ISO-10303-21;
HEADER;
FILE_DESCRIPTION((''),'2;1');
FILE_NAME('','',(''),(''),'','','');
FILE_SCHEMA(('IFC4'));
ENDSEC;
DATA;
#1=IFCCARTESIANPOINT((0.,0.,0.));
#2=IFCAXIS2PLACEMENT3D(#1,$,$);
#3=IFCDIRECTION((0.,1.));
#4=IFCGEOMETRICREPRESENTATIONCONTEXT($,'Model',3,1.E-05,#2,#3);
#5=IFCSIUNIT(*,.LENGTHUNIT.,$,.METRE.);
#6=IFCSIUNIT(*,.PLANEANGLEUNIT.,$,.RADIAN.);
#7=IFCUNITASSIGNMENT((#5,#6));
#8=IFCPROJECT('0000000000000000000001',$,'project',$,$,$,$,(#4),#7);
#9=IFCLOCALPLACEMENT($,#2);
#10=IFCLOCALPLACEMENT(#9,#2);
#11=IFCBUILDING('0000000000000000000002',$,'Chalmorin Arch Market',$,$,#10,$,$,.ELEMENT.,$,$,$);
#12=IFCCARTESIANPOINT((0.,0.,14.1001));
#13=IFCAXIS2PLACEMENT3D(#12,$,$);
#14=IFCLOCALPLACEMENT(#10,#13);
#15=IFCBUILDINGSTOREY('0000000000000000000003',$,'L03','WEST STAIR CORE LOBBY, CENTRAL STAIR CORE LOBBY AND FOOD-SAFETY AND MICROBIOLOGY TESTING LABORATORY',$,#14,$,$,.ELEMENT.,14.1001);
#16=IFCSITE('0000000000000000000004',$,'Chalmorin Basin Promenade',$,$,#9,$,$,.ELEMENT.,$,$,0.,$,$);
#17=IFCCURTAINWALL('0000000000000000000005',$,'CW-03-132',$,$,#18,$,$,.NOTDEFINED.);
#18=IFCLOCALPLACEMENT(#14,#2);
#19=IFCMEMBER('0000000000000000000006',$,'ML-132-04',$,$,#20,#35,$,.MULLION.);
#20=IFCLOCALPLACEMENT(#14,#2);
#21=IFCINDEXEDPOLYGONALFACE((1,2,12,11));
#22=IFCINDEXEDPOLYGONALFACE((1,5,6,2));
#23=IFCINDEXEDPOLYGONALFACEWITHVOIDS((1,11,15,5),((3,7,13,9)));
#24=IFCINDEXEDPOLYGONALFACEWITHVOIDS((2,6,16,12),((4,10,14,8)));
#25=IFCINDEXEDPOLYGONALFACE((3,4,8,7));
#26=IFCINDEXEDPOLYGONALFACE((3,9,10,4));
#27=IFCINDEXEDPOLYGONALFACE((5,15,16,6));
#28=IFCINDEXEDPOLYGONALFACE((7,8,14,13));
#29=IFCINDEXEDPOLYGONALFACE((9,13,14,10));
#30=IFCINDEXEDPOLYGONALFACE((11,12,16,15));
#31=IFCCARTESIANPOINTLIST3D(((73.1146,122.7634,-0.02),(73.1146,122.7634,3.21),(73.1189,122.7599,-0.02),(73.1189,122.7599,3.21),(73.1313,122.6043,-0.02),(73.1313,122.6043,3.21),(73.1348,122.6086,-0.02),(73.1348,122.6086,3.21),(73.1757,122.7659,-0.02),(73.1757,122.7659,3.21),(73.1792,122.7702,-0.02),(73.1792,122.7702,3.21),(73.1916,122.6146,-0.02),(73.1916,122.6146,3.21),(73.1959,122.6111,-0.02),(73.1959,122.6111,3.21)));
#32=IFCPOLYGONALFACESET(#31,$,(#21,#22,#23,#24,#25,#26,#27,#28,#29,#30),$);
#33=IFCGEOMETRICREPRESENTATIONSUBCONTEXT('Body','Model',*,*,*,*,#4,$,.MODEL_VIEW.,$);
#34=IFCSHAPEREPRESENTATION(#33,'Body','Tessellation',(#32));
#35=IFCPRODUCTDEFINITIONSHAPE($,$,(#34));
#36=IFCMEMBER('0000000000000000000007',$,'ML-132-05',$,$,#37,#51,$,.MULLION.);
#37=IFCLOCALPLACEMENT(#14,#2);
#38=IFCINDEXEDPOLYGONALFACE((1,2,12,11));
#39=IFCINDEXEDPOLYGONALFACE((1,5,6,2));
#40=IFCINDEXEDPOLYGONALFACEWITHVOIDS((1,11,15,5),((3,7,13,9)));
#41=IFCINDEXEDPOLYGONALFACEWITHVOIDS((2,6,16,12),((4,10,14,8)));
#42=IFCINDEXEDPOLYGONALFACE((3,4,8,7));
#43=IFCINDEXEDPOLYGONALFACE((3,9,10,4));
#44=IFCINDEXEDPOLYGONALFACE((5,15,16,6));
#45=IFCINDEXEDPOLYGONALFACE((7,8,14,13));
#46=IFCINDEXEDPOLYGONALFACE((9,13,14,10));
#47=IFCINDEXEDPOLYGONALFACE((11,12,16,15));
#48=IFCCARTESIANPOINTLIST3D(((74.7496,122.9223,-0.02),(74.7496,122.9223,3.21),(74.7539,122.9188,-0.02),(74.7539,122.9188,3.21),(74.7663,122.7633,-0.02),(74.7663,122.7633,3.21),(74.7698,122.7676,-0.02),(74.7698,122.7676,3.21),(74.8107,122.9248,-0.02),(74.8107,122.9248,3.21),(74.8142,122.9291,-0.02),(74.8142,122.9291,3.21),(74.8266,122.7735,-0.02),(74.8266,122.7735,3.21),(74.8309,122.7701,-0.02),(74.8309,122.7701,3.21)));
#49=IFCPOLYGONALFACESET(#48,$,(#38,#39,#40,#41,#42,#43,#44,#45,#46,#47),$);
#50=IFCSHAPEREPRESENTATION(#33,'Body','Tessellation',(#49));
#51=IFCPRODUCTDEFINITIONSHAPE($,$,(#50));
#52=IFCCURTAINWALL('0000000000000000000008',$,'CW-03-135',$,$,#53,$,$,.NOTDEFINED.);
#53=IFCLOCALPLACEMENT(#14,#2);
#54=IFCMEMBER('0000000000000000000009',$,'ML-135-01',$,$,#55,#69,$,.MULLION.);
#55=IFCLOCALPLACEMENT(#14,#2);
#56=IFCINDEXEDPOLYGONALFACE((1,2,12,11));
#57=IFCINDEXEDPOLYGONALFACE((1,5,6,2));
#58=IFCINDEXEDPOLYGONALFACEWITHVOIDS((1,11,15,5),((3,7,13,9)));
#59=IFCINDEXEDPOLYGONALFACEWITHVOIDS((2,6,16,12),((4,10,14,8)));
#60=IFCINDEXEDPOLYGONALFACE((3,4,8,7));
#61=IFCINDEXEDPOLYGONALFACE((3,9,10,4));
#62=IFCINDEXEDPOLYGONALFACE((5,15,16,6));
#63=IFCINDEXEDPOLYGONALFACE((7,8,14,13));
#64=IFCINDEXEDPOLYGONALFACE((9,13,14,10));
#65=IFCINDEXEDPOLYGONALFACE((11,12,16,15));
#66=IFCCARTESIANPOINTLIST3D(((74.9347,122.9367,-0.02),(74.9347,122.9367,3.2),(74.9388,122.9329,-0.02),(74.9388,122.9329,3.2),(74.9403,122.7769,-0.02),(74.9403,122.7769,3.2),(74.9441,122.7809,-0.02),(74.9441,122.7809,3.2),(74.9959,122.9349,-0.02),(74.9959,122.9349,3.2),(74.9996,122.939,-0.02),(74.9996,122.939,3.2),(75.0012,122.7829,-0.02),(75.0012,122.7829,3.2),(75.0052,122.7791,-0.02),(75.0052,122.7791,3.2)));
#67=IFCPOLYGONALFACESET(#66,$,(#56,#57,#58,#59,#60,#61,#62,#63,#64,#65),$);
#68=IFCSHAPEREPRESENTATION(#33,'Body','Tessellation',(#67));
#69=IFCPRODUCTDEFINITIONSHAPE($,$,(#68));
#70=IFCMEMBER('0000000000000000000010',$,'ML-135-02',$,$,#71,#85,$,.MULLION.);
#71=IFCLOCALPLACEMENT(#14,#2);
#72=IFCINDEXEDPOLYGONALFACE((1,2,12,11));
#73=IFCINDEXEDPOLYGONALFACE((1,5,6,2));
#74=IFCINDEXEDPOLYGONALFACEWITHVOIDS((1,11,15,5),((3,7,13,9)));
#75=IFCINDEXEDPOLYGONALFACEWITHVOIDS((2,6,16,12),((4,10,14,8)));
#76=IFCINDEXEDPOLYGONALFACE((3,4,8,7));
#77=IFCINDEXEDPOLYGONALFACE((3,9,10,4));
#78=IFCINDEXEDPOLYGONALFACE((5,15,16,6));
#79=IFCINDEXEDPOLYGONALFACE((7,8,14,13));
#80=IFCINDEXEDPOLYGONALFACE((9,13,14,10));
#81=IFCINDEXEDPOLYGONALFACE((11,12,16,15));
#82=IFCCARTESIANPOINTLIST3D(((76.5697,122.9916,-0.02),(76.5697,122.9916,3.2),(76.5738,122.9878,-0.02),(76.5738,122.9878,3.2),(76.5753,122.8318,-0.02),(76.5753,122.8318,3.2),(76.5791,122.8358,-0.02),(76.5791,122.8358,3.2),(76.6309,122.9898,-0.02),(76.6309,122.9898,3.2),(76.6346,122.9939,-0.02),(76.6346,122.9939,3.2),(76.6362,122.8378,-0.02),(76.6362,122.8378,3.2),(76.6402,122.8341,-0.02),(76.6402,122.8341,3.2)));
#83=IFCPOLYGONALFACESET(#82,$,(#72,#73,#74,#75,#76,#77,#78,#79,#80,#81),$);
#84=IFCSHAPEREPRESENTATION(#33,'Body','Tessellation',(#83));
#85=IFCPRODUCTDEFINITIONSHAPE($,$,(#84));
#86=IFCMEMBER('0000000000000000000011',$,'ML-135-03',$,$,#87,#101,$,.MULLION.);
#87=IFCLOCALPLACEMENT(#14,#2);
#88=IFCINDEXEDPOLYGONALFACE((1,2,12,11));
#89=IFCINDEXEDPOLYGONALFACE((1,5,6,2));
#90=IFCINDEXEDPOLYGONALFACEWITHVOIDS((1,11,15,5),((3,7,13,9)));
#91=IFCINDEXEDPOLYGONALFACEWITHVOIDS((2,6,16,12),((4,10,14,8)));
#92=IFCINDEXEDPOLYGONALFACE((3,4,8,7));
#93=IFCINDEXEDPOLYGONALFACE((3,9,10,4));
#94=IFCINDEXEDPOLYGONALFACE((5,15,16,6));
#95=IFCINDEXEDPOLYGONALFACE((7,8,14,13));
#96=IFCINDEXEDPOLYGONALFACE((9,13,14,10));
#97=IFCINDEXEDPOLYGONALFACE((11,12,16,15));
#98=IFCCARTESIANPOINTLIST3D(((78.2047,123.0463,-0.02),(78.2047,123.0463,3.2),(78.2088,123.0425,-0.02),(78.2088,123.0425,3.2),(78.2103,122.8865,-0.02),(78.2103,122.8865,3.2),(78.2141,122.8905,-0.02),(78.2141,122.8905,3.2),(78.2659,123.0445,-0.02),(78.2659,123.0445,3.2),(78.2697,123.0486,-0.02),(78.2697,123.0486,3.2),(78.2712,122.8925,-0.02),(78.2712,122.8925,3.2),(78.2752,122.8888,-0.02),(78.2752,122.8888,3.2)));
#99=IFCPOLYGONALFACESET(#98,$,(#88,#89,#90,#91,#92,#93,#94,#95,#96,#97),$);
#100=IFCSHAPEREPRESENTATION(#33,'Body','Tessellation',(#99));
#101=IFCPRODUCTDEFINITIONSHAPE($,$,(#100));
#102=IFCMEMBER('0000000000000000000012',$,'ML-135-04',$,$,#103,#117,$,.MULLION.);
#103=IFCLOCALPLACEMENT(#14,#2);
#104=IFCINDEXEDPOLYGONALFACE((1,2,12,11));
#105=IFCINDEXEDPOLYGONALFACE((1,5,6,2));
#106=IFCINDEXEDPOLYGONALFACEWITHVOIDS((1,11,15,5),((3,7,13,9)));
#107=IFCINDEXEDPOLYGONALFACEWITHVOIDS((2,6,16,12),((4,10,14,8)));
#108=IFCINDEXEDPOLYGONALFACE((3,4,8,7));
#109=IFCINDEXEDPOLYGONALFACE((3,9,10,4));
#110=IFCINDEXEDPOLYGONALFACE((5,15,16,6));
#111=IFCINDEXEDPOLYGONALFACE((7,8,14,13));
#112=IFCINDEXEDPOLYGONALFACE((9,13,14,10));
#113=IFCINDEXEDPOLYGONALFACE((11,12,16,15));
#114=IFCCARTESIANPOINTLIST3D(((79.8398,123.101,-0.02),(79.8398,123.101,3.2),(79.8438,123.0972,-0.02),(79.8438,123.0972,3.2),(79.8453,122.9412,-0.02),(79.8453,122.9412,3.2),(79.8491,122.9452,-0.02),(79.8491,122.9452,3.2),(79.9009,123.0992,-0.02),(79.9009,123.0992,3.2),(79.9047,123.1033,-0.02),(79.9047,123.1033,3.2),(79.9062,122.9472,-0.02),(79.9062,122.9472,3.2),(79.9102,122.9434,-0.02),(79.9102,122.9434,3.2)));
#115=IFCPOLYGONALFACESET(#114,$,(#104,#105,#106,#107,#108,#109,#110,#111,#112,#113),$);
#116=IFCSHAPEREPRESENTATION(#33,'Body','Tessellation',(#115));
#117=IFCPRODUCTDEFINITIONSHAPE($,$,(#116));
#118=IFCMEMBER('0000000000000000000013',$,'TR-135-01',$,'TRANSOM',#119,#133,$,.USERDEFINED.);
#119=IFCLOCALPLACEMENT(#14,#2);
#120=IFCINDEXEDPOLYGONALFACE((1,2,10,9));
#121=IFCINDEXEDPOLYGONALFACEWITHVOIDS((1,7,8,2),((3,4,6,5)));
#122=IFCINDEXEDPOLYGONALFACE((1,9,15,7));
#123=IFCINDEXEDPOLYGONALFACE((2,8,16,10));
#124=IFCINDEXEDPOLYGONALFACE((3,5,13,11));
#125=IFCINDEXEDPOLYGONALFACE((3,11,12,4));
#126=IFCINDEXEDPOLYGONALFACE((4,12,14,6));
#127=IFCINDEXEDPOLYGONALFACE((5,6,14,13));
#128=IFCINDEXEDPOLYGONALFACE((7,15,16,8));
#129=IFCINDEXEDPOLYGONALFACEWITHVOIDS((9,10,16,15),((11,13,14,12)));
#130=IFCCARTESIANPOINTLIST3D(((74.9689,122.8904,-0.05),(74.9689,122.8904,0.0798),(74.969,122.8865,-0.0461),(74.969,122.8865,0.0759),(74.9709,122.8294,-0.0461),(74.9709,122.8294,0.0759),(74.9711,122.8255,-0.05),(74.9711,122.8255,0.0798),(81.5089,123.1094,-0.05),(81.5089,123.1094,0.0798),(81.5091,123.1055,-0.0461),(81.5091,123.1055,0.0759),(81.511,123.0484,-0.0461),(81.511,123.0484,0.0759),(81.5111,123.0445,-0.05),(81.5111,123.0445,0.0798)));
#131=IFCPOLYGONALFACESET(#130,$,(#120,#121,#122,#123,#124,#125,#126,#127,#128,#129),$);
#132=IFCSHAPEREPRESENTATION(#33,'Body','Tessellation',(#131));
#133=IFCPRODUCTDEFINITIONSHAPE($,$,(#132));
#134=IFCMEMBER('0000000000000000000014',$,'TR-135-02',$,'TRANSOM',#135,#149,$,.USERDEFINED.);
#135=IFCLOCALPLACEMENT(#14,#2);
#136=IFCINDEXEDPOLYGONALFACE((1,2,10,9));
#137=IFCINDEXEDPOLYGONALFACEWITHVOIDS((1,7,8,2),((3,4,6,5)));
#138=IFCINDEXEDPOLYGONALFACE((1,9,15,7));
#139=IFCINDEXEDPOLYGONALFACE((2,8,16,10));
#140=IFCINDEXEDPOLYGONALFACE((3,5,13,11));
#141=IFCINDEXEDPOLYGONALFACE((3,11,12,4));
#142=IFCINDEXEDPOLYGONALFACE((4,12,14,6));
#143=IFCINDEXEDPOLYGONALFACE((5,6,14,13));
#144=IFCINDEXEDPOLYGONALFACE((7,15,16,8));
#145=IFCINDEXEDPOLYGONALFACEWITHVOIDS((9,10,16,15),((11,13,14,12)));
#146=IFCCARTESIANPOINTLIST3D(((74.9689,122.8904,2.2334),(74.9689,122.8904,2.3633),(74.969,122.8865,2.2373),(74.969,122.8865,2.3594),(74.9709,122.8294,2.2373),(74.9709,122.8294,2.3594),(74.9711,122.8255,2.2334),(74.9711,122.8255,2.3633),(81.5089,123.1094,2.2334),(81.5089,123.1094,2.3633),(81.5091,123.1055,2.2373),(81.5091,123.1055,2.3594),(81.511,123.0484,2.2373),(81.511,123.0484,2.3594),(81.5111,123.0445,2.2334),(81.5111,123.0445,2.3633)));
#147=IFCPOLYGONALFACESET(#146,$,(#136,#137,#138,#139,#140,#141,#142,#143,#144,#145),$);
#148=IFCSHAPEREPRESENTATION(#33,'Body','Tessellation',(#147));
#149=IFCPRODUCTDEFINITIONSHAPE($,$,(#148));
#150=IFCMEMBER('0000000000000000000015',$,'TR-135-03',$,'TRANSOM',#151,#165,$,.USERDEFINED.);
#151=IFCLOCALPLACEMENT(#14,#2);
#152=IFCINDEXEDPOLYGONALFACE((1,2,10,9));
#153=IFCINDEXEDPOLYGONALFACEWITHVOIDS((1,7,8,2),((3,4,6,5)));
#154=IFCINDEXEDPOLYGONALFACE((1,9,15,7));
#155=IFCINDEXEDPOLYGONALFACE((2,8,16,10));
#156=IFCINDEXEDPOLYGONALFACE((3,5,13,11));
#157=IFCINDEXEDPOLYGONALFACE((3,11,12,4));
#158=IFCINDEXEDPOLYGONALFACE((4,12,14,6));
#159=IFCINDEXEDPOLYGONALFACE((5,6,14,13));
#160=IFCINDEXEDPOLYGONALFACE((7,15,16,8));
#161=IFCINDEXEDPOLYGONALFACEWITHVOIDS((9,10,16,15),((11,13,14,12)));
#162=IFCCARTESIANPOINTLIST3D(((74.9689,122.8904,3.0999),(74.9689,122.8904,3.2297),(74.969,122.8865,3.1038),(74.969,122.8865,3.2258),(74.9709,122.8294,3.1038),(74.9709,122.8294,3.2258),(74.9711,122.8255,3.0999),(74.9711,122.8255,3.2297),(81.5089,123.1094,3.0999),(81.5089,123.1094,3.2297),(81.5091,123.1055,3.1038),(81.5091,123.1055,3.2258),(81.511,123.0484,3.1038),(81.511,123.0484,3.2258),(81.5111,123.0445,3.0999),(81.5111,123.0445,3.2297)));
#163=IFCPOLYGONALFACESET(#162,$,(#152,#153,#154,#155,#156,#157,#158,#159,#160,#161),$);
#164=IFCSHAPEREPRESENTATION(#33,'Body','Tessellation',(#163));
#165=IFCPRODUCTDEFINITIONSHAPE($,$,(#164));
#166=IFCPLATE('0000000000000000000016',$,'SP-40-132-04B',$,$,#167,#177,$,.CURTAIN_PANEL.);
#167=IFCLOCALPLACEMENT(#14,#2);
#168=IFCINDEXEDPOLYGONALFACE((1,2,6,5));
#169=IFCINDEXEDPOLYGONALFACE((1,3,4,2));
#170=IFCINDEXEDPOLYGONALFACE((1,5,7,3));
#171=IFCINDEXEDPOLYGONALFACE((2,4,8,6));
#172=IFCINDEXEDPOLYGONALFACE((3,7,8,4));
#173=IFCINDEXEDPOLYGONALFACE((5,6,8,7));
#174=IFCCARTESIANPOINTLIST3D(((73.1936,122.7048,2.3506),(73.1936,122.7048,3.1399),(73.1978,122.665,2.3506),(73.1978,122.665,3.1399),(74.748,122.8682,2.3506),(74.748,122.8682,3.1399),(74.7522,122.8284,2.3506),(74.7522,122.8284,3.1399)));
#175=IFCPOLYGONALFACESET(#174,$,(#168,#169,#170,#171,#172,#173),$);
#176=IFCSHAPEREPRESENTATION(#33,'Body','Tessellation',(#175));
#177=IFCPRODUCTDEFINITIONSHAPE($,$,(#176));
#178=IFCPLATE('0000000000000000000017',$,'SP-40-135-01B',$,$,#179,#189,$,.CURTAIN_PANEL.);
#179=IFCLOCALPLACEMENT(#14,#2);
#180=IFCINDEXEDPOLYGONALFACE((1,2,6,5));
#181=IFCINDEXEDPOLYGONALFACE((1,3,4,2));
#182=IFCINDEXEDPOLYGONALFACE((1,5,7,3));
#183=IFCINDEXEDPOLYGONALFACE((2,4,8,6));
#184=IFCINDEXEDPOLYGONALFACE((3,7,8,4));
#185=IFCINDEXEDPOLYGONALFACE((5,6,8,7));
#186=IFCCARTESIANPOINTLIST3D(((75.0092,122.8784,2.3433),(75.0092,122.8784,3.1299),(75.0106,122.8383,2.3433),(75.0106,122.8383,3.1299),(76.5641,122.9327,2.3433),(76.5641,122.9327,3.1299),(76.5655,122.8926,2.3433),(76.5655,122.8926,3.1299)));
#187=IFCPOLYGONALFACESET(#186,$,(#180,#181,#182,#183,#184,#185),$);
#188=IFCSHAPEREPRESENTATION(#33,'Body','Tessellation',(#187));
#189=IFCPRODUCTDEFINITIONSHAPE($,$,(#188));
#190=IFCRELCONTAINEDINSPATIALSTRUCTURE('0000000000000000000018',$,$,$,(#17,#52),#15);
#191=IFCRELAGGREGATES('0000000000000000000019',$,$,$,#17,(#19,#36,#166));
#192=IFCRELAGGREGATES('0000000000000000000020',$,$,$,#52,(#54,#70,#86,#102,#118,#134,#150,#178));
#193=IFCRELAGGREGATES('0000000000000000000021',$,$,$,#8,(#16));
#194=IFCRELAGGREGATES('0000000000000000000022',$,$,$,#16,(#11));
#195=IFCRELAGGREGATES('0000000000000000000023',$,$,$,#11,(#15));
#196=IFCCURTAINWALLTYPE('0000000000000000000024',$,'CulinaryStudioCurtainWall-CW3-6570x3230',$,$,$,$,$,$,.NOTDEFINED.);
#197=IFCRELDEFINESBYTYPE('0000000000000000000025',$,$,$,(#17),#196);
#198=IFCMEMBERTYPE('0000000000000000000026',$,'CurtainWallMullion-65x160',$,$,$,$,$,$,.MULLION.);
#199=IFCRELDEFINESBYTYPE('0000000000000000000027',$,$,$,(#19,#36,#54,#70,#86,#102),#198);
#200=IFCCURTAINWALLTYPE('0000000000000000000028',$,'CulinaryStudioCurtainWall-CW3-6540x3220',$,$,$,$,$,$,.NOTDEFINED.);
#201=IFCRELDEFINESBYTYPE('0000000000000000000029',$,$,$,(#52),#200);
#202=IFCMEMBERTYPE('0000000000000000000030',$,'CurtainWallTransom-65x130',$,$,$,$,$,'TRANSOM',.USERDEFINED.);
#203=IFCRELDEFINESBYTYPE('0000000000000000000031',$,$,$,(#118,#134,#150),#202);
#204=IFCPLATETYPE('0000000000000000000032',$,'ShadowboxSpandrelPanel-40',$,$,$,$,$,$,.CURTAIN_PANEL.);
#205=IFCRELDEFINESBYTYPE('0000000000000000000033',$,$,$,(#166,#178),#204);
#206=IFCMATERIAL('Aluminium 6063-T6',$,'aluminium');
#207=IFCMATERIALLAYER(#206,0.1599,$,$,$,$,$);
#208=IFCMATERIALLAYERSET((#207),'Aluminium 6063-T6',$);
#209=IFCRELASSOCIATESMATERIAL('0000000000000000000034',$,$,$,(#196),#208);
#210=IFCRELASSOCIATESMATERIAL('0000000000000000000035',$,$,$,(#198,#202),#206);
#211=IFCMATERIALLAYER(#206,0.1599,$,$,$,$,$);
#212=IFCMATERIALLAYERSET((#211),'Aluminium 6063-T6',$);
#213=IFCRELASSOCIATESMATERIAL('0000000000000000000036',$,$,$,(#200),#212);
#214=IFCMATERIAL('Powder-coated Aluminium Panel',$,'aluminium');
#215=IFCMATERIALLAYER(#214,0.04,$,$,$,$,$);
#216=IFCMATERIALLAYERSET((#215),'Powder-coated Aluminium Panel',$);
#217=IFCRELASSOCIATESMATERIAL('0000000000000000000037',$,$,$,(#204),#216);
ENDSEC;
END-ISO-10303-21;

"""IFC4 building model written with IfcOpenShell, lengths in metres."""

from ifc_helpers import new_model, si_unit, direction, frame, origin, origin_2d, place, context, subcontext, project, spatial, rectangle, hollow_rectangle, extrude, material, layer, layer_set, material_profile, profile_set, type_object, element, aggregate, save


model = new_model("IFC4")

# Units and contexts
model_context = context("Model", 3, precision=1e-05, world=origin(), true_north=direction((0.0, 1.0)))
body_context = subcontext(model_context, "Body", "Model", "MODEL_VIEW")
ifc_project = project(units=[si_unit("LENGTHUNIT", "METRE"), si_unit("PLANEANGLEUNIT", "RADIAN")], contexts=[model_context])

# Site, building, storey
site_placement = place(None, origin())
site = spatial("IfcSite", under=ifc_project, at=site_placement, Name="Chalmorin Basin Promenade", CompositionType="ELEMENT", RefElevation=0.0)
building_placement = place(site_placement, origin())
building = spatial("IfcBuilding", under=site, at=building_placement, Name="Chalmorin Arch Market", CompositionType="ELEMENT")
storey_placement = place(building_placement, frame((0.0, 0.0, 14.1001)))
storey = spatial("IfcBuildingStorey", under=building, at=storey_placement, Name="L03", Description="WEST STAIR CORE LOBBY, CENTRAL STAIR CORE LOBBY AND FOOD-SAFETY AND MICROBIOLOGY TESTING LABORATORY", CompositionType="ELEMENT", Elevation=14.1001)

# Curtain walls, members
ifc_material_1 = material(Name="Aluminium 6063-T6", Category="aluminium")
ifc_layer_1 = layer(ifc_material_1, 0.1599)
ifc_layer_set_1 = layer_set([ifc_layer_1], Name="Aluminium 6063-T6")
curtain_wall_type_1 = type_object("IfcCurtainWallType", Name="CulinaryStudioCurtainWall-CW3-6570x3230", PredefinedType="NOTDEFINED", material=ifc_layer_set_1)
curtain_wall_1_placement = place(storey_placement, origin())
curtain_wall_1 = element("IfcCurtainWall", 1, at=curtain_wall_1_placement, inside=storey, type_object=curtain_wall_type_1, Name="CW-03-132", PredefinedType="NOTDEFINED")
ifc_material_profile_1 = material_profile(ifc_material_1, hollow_rectangle(XDim=0.0649, YDim=0.1599, WallThickness=0.0039, at=origin_2d()), Name="ALU65X160X4")
ifc_profile_set_1 = profile_set([ifc_material_profile_1], Name="Aluminium 6063-T6")
member_type_1 = type_object("IfcMemberType", Name="CurtainWallMullion-65x160", PredefinedType="MULLION", material=ifc_profile_set_1)
member_1_placement = place(storey_placement, frame((73.1553, 122.6873, -0.02), z_axis=(0.0, 0.0, 1.0), x_axis=(0.994522, 0.104528, 0.0)))
member_1 = element("IfcMember", 2, at=member_1_placement, type_object=member_type_1, Name="ML-132-04", PredefinedType="MULLION", context=body_context, shape_type="SweptSolid", body=[
    extrude(hollow_rectangle(XDim=0.0649, YDim=0.1599, WallThickness=0.0039, at=origin_2d()), origin(), (0.0, 0.0, 1.0), 3.23),
])
member_2_placement = place(storey_placement, frame((74.7903, 122.8462, -0.02), z_axis=(0.0, 0.0, 1.0), x_axis=(0.994522, 0.104528, 0.0)))
member_2 = element("IfcMember", 3, at=member_2_placement, type_object=member_type_1, Name="ML-132-05", PredefinedType="MULLION", context=body_context, shape_type="SweptSolid", body=[
    extrude(hollow_rectangle(XDim=0.0649, YDim=0.1599, WallThickness=0.0039, at=origin_2d()), origin(), (0.0, 0.0, 1.0), 3.23),
])
ifc_layer_2 = layer(ifc_material_1, 0.1599)
ifc_layer_set_2 = layer_set([ifc_layer_2], Name="Aluminium 6063-T6")
curtain_wall_type_2 = type_object("IfcCurtainWallType", Name="CulinaryStudioCurtainWall-CW3-6540x3220", PredefinedType="NOTDEFINED", material=ifc_layer_set_2)
curtain_wall_2_placement = place(storey_placement, origin())
curtain_wall_2 = element("IfcCurtainWall", 4, at=curtain_wall_2_placement, inside=storey, type_object=curtain_wall_type_2, Name="CW-03-135", PredefinedType="NOTDEFINED")
member_3_placement = place(storey_placement, frame((74.97, 122.8579, -0.02), z_axis=(0.0, 0.0, 1.0), x_axis=(0.999391, 0.034899, 0.0)))
member_3 = element("IfcMember", 5, at=member_3_placement, type_object=member_type_1, Name="ML-135-01", PredefinedType="MULLION", context=body_context, shape_type="SweptSolid", body=[
    extrude(hollow_rectangle(XDim=0.0649, YDim=0.1599, WallThickness=0.0039, at=origin_2d()), origin(), (0.0, 0.0, 1.0), 3.22),
])
member_4_placement = place(storey_placement, frame((76.605, 122.9128, -0.02), z_axis=(0.0, 0.0, 1.0), x_axis=(0.999391, 0.034899, 0.0)))
member_4 = element("IfcMember", 6, at=member_4_placement, type_object=member_type_1, Name="ML-135-02", PredefinedType="MULLION", context=body_context, shape_type="SweptSolid", body=[
    extrude(hollow_rectangle(XDim=0.0649, YDim=0.1599, WallThickness=0.0039, at=origin_2d()), origin(), (0.0, 0.0, 1.0), 3.22),
])
member_5_placement = place(storey_placement, frame((78.24, 122.9675, -0.02), z_axis=(0.0, 0.0, 1.0), x_axis=(0.999391, 0.034899, 0.0)))
member_5 = element("IfcMember", 7, at=member_5_placement, type_object=member_type_1, Name="ML-135-03", PredefinedType="MULLION", context=body_context, shape_type="SweptSolid", body=[
    extrude(hollow_rectangle(XDim=0.0649, YDim=0.1599, WallThickness=0.0039, at=origin_2d()), origin(), (0.0, 0.0, 1.0), 3.22),
])
member_6_placement = place(storey_placement, frame((79.875, 123.0222, -0.02), z_axis=(0.0, 0.0, 1.0), x_axis=(0.999391, 0.034899, 0.0)))
member_6 = element("IfcMember", 8, at=member_6_placement, type_object=member_type_1, Name="ML-135-04", PredefinedType="MULLION", context=body_context, shape_type="SweptSolid", body=[
    extrude(hollow_rectangle(XDim=0.0649, YDim=0.1599, WallThickness=0.0039, at=origin_2d()), origin(), (0.0, 0.0, 1.0), 3.22),
])
ifc_material_profile_2 = material_profile(ifc_material_1, hollow_rectangle(XDim=0.0649, YDim=0.1299, WallThickness=0.0039, at=origin_2d()), Name="ALU65X130X4")
ifc_profile_set_2 = profile_set([ifc_material_profile_2], Name="Aluminium 6063-T6")
member_type_2 = type_object("IfcMemberType", Name="CurtainWallTransom-65x130", ElementType="TRANSOM", PredefinedType="USERDEFINED", material=ifc_profile_set_2)
member_7_placement = place(storey_placement, frame((74.97, 122.8579, 0.0149), z_axis=(0.99944, 0.033466, 0.0), x_axis=(-0.033466, 0.99944, 0.0)))
member_7 = element("IfcMember", 9, at=member_7_placement, type_object=member_type_2, Name="TR-135-01", ObjectType="TRANSOM", PredefinedType="USERDEFINED", context=body_context, shape_type="SweptSolid", body=[
    extrude(hollow_rectangle(XDim=0.0649, YDim=0.1299, WallThickness=0.0039, at=origin_2d()), origin(), (0.0, 0.0, 1.0), 6.5437),
])
member_8_placement = place(storey_placement, frame((74.97, 122.8579, 2.2983), z_axis=(0.99944, 0.033466, 0.0), x_axis=(-0.033466, 0.99944, 0.0)))
member_8 = element("IfcMember", 10, at=member_8_placement, type_object=member_type_2, Name="TR-135-02", ObjectType="TRANSOM", PredefinedType="USERDEFINED", context=body_context, shape_type="SweptSolid", body=[
    extrude(hollow_rectangle(XDim=0.0649, YDim=0.1299, WallThickness=0.0039, at=origin_2d()), origin(), (0.0, 0.0, 1.0), 6.5437),
])
member_9_placement = place(storey_placement, frame((74.97, 122.8579, 3.1648), z_axis=(0.99944, 0.033466, 0.0), x_axis=(-0.033466, 0.99944, 0.0)))
member_9 = element("IfcMember", 11, at=member_9_placement, type_object=member_type_2, Name="TR-135-03", ObjectType="TRANSOM", PredefinedType="USERDEFINED", context=body_context, shape_type="SweptSolid", body=[
    extrude(hollow_rectangle(XDim=0.0649, YDim=0.1299, WallThickness=0.0039, at=origin_2d()), origin(), (0.0, 0.0, 1.0), 6.5437),
])

# Plates
ifc_material_2 = material(Name="Powder-coated Aluminium Panel", Category="aluminium")
ifc_layer_3 = layer(ifc_material_2, 0.04)
ifc_layer_set_3 = layer_set([ifc_layer_3], Name="Powder-coated Aluminium Panel")
plate_type_1 = type_object("IfcPlateType", Name="ShadowboxSpandrelPanel-40", PredefinedType="CURTAIN_PANEL", material=ifc_layer_set_3)
plate_1_placement = place(storey_placement, frame((73.9729, 122.7666, 2.3506), z_axis=(0.0, 0.0, 1.0), x_axis=(0.994522, 0.104528, 0.0)))
plate_1 = element("IfcPlate", 12, at=plate_1_placement, type_object=plate_type_1, Name="SP-40-132-04B", PredefinedType="CURTAIN_PANEL", context=body_context, shape_type="SweptSolid", body=[
    extrude(rectangle(XDim=1.563, YDim=0.04, at=origin_2d()), origin(), (0.0, 0.0, 1.0), 0.7893),
])
plate_2_placement = place(storey_placement, frame((75.7874, 122.8855, 2.3433), z_axis=(0.0, 0.0, 1.0), x_axis=(0.999391, 0.034899, 0.0)))
plate_2 = element("IfcPlate", 13, at=plate_2_placement, type_object=plate_type_1, Name="SP-40-135-01B", PredefinedType="CURTAIN_PANEL", context=body_context, shape_type="SweptSolid", body=[
    extrude(rectangle(XDim=1.5559, YDim=0.04, at=origin_2d()), origin(), (0.0, 0.0, 1.0), 0.7866),
])
aggregate(curtain_wall_1, [member_1, member_2, plate_1])
aggregate(curtain_wall_2, [member_3, member_4, member_5, member_6, member_7, member_8, member_9, plate_2])

save(model, "model.ifc")
